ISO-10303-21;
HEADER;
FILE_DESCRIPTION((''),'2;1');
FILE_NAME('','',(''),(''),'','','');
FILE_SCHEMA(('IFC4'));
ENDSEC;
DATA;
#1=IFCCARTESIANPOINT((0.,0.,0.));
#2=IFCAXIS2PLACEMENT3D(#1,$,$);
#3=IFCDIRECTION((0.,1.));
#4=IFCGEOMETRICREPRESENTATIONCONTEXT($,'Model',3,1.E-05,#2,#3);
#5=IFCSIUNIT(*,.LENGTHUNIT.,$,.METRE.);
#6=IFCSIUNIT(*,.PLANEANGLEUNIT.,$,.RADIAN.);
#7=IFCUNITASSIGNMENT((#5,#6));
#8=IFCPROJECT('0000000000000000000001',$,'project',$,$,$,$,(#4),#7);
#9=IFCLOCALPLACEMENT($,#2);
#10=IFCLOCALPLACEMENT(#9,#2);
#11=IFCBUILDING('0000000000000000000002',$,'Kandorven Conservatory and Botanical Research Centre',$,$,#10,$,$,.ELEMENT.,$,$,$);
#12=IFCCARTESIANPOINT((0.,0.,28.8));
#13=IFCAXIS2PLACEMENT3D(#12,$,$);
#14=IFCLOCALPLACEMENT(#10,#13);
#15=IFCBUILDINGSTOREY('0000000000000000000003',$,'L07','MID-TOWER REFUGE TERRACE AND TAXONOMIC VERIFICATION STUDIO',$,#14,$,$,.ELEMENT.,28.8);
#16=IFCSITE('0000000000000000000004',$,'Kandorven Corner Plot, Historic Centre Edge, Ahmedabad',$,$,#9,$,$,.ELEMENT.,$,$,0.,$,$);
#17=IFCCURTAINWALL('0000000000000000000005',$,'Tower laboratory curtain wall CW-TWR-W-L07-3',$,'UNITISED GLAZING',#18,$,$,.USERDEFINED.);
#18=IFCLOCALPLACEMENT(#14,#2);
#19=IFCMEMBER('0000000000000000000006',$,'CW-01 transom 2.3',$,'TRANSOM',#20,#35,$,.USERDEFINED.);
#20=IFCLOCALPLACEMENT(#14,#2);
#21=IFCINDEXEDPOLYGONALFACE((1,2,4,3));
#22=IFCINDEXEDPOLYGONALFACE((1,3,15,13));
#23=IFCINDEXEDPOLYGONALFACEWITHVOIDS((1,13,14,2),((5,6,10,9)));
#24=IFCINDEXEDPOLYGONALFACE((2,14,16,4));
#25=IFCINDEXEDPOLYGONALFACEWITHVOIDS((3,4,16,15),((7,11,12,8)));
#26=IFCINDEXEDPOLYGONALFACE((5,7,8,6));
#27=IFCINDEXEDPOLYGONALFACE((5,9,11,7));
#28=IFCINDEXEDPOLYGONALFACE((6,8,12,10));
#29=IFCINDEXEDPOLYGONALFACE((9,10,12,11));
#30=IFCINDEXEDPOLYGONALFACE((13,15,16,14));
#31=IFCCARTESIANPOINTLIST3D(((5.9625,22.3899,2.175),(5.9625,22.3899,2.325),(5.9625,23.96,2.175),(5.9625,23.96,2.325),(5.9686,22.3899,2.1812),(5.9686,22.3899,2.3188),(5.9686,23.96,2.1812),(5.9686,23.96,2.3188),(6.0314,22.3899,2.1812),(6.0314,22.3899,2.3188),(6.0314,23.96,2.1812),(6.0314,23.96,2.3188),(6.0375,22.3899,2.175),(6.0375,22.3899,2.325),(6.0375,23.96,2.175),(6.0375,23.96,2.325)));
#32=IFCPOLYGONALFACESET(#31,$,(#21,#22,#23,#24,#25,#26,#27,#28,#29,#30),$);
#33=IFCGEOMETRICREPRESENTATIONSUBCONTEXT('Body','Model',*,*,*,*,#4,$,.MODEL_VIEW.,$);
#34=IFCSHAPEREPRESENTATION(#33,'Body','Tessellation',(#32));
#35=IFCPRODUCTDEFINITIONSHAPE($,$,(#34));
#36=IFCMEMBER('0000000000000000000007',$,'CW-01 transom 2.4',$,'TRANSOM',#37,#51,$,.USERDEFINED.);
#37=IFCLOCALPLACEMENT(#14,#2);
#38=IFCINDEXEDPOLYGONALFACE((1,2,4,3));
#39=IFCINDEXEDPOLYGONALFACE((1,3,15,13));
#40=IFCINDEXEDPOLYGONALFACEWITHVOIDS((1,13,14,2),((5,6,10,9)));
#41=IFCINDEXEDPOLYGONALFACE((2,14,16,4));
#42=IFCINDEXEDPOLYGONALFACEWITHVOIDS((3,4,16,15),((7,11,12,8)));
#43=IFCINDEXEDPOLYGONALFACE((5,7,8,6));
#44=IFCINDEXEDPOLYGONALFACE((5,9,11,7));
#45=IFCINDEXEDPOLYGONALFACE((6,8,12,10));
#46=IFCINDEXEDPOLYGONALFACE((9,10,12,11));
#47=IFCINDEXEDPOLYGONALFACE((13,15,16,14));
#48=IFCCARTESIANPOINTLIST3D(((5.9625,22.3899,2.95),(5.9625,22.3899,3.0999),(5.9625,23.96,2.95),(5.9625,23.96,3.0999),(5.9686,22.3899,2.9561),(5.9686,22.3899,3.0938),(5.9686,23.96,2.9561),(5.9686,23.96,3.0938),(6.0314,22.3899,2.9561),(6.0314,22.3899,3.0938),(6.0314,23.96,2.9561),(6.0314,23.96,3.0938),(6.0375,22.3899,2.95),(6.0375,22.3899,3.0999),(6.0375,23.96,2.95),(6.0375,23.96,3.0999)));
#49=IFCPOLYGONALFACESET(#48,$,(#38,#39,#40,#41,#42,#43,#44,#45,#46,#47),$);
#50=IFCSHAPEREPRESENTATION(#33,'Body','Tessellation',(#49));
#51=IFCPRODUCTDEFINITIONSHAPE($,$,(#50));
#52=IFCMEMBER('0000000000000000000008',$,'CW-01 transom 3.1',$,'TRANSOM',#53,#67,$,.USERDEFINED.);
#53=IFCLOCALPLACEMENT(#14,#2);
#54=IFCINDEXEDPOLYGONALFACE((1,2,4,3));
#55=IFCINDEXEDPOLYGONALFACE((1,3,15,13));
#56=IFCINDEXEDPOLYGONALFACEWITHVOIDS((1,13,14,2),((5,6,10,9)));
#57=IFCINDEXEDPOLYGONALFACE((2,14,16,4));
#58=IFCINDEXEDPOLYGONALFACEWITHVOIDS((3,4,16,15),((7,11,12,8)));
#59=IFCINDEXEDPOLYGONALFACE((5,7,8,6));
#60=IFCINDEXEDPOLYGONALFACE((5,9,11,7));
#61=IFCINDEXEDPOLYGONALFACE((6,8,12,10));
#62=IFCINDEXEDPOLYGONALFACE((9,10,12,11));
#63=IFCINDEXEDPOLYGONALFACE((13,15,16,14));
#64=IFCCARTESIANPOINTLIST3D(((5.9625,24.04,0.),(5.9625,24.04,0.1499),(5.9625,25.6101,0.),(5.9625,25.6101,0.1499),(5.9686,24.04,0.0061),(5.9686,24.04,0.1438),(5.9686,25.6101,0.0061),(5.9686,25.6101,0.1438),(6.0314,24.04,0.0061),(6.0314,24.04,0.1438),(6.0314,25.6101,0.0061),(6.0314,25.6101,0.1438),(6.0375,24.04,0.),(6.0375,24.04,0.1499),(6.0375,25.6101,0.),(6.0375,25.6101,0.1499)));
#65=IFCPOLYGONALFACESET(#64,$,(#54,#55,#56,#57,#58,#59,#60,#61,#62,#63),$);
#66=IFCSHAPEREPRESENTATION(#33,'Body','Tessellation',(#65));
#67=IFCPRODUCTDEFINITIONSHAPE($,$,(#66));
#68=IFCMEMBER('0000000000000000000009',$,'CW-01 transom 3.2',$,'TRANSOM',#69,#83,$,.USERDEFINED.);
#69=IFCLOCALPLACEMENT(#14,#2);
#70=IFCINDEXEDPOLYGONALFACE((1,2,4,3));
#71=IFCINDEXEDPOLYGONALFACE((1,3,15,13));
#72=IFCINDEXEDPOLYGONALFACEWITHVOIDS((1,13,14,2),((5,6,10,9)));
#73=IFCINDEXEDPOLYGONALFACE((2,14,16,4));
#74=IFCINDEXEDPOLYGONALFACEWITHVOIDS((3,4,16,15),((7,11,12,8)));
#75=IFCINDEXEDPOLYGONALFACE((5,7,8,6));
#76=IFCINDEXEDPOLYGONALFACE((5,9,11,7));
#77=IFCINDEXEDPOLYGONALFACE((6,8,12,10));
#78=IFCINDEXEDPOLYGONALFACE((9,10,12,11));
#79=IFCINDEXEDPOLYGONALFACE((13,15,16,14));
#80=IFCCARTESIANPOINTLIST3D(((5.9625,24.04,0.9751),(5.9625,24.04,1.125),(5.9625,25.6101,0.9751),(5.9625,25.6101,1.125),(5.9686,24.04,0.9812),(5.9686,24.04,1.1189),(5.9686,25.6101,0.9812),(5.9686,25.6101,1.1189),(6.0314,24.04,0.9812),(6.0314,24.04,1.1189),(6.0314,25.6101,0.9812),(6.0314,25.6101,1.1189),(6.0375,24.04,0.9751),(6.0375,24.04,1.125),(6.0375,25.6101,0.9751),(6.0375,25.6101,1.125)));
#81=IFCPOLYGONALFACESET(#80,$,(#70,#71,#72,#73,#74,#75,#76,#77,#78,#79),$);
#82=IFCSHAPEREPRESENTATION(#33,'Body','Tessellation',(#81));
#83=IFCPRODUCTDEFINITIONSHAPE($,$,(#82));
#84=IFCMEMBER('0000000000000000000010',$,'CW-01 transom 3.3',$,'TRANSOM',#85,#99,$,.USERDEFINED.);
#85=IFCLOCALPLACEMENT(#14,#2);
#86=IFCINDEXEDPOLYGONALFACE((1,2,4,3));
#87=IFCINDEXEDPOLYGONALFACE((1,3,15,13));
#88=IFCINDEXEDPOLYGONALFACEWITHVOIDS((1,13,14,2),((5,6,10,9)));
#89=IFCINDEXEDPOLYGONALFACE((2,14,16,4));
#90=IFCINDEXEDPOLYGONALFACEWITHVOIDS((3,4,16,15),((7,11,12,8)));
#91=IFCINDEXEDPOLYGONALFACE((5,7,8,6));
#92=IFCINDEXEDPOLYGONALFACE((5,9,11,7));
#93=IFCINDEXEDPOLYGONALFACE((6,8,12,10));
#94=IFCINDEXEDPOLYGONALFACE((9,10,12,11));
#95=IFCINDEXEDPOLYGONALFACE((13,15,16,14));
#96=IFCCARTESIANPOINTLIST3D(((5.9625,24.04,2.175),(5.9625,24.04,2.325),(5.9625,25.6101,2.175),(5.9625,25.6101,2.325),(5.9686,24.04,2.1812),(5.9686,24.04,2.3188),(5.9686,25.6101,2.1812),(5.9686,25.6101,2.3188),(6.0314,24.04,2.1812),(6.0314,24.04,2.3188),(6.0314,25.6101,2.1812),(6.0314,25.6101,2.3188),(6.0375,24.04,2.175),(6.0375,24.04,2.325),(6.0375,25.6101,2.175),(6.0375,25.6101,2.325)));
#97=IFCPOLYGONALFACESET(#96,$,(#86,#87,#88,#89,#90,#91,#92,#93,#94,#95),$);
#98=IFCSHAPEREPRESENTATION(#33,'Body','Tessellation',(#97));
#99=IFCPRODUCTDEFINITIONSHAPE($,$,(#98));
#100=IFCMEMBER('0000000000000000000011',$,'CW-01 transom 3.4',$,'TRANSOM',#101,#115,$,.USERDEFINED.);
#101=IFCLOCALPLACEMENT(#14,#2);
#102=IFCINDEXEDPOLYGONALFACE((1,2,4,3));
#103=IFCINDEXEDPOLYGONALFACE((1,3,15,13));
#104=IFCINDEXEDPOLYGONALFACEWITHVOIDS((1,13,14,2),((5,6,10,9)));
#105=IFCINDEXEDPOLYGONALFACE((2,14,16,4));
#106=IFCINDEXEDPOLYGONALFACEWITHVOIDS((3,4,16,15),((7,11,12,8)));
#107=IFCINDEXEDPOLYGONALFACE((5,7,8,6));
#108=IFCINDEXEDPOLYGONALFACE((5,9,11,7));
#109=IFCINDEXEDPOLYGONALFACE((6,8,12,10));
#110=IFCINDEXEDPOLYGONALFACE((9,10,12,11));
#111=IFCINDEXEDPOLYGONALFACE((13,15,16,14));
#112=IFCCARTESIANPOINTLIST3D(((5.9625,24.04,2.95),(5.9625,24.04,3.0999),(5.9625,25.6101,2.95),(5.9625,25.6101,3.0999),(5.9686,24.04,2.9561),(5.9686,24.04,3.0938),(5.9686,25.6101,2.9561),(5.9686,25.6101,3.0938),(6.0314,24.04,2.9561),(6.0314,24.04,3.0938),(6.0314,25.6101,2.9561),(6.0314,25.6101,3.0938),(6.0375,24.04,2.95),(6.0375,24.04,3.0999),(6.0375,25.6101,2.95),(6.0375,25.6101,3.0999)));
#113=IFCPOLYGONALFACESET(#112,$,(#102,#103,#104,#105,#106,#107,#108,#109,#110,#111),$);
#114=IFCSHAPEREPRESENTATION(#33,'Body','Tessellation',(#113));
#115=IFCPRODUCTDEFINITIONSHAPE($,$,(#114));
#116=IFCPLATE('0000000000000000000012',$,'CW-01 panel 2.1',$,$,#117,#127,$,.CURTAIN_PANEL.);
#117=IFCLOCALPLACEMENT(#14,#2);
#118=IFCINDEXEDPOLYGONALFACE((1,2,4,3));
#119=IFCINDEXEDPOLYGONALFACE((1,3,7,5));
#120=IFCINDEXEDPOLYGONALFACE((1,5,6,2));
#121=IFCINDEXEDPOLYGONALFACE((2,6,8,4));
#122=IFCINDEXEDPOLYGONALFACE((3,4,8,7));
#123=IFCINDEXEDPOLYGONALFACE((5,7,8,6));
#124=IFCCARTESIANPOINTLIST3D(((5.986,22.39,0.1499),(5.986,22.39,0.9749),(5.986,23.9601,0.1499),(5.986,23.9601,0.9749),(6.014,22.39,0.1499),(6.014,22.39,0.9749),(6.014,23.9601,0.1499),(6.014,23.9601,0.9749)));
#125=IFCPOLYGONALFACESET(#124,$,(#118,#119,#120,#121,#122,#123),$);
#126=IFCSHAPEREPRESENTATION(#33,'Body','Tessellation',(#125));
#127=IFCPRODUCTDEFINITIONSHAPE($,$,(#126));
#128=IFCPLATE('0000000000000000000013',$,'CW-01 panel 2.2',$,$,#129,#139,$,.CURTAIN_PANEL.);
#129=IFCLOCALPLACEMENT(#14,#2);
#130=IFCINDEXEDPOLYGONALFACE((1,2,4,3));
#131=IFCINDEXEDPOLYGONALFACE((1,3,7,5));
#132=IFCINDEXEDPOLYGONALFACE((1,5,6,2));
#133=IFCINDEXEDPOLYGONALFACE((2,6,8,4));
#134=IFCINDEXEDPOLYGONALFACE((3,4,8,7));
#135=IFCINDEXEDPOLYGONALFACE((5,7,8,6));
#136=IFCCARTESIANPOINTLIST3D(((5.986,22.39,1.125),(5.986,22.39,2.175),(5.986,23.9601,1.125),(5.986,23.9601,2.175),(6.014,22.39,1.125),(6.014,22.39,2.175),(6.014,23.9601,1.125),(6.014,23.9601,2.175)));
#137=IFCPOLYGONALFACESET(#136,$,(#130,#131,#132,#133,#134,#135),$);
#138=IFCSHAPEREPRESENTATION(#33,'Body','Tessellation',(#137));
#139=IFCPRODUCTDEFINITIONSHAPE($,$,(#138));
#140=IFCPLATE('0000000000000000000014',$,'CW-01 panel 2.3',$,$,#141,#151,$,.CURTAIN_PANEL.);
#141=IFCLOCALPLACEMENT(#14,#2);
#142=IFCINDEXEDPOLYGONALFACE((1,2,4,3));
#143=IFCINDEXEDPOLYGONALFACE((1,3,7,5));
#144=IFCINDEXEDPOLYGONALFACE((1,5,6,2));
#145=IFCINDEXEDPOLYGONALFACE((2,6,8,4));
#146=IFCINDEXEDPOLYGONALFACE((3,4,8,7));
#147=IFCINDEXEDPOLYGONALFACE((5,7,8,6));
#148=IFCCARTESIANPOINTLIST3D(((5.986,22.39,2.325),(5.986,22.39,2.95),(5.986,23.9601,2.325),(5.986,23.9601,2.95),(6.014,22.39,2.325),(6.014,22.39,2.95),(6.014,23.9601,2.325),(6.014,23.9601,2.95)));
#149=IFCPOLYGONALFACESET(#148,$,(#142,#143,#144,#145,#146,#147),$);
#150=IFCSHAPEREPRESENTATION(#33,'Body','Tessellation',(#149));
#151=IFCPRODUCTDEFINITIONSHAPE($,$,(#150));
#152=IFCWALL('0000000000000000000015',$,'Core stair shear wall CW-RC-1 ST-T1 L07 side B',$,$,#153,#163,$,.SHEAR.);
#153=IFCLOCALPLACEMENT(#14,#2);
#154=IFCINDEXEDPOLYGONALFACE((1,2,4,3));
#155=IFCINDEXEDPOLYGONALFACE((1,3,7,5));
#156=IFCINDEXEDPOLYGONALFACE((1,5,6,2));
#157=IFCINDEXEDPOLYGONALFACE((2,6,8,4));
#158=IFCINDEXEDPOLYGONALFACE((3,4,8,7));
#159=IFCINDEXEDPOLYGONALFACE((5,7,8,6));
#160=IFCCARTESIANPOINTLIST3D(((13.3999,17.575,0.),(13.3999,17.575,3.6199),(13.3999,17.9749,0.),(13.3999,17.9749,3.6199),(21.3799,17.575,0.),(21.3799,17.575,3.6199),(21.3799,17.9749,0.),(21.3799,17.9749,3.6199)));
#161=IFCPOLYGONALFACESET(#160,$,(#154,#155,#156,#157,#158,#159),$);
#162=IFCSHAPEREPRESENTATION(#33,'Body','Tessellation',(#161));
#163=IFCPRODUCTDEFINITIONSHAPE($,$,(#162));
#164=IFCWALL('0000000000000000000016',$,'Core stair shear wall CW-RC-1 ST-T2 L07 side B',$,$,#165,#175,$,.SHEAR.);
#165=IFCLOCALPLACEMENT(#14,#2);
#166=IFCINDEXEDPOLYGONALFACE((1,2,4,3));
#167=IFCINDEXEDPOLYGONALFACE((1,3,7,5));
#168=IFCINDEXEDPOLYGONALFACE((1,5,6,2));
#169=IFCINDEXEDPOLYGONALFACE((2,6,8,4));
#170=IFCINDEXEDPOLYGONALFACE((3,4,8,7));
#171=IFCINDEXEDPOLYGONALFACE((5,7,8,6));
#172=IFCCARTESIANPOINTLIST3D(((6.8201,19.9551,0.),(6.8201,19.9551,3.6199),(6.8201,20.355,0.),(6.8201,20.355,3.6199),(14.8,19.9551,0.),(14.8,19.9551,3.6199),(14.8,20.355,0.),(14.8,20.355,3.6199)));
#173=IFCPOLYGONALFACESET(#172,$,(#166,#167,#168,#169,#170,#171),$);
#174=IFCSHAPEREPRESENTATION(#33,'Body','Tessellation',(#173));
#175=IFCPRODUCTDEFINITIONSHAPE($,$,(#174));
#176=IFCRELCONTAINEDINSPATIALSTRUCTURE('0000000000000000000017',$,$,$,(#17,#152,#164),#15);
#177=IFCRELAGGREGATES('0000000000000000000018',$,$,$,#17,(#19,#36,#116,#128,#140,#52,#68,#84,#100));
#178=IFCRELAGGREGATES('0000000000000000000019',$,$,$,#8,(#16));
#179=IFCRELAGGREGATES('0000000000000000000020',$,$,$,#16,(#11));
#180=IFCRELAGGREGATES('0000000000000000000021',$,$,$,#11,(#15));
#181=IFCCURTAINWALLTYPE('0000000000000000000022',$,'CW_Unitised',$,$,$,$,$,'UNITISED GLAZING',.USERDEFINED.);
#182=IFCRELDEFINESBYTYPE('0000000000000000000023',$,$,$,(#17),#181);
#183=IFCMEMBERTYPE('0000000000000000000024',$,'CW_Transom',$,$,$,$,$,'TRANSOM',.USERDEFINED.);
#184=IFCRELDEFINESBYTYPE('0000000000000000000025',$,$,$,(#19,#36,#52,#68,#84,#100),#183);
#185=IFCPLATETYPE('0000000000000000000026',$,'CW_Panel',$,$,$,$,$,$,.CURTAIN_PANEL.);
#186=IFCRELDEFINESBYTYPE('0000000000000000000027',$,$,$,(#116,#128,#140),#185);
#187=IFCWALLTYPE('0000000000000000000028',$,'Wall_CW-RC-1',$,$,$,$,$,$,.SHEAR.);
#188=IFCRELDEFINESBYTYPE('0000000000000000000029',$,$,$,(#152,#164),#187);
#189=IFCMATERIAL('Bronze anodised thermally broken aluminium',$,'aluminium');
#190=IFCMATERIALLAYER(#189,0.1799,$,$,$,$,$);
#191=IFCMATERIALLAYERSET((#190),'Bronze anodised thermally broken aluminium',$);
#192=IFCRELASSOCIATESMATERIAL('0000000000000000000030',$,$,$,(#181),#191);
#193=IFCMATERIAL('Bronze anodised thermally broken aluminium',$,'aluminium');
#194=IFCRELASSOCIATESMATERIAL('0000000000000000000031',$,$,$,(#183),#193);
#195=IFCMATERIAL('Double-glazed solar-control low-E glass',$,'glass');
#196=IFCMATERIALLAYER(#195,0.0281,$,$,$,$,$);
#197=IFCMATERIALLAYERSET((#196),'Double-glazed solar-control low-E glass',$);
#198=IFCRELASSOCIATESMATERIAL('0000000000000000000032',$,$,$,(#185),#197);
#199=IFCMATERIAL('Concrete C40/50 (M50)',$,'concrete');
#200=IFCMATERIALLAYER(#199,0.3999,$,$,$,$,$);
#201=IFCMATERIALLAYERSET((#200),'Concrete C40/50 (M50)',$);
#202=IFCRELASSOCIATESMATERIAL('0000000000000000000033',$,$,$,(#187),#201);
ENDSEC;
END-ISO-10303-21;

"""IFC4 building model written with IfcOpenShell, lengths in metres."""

from ifc_helpers import new_model, si_unit, direction, frame, frame_2d, origin, origin_2d, place, context, subcontext, project, spatial, rectangle, hollow_rectangle, extrude, material, layer, layer_set, material_profile, profile_set, type_object, element, aggregate, save


model = new_model("IFC4")

# Units and contexts
model_context = context("Model", 3, precision=1e-05, world=origin(), true_north=direction((0.0, 1.0)))
body_context = subcontext(model_context, "Body", "Model", "MODEL_VIEW")
ifc_project = project(units=[si_unit("LENGTHUNIT", "METRE"), si_unit("PLANEANGLEUNIT", "RADIAN")], contexts=[model_context])

# Site, building, storey
site_placement = place(None, origin())
site = spatial("IfcSite", under=ifc_project, at=site_placement, Name="Kandorven Corner Plot, Historic Centre Edge, Ahmedabad", CompositionType="ELEMENT", RefElevation=0.0)
building_placement = place(site_placement, origin())
building = spatial("IfcBuilding", under=site, at=building_placement, Name="Kandorven Conservatory and Botanical Research Centre", CompositionType="ELEMENT")
storey_placement = place(building_placement, frame((0.0, 0.0, 28.8)))
storey = spatial("IfcBuildingStorey", under=building, at=storey_placement, Name="L07", Description="MID-TOWER REFUGE TERRACE AND TAXONOMIC VERIFICATION STUDIO", CompositionType="ELEMENT", Elevation=28.8)

# Curtain wall, members, plates
ifc_material_1 = material(Name="Bronze anodised thermally broken aluminium", Category="aluminium")
ifc_layer_1 = layer(ifc_material_1, 0.1799)
ifc_layer_set_1 = layer_set([ifc_layer_1], Name="Bronze anodised thermally broken aluminium")
curtain_wall_type = type_object("IfcCurtainWallType", Name="CW_Unitised", ElementType="UNITISED GLAZING", PredefinedType="USERDEFINED", material=ifc_layer_set_1)
curtain_wall_placement = place(storey_placement, origin())
curtain_wall = element("IfcCurtainWall", 1, at=curtain_wall_placement, inside=storey, type_object=curtain_wall_type, Name="Tower laboratory curtain wall CW-TWR-W-L07-3", ObjectType="UNITISED GLAZING", PredefinedType="USERDEFINED")
ifc_material_2 = material(Name="Bronze anodised thermally broken aluminium", Category="aluminium")
ifc_material_profile_1 = material_profile(ifc_material_2, hollow_rectangle(XDim=0.075, YDim=0.1499, WallThickness=0.0061, at=origin_2d()))
ifc_profile_set_1 = profile_set([ifc_material_profile_1], Name="Bronze anodised thermally broken aluminium")
member_type_1 = type_object("IfcMemberType", Name="CW_Transom", ElementType="TRANSOM", PredefinedType="USERDEFINED", material=ifc_profile_set_1)
member_1_placement = place(storey_placement, frame((6.0, 22.3899, 2.25), z_axis=(0.0, 1.0, 0.0), x_axis=(-1.0, 0.0, 0.0)))
member_1 = element("IfcMember", 2, at=member_1_placement, type_object=member_type_1, Name="CW-01 transom 2.3", ObjectType="TRANSOM", PredefinedType="USERDEFINED", context=body_context, shape_type="SweptSolid", body=[
    extrude(hollow_rectangle(XDim=0.075, YDim=0.1499, WallThickness=0.0061, at=origin_2d()), origin(), (0.0, 0.0, 1.0), 1.5701),
])
member_2_placement = place(storey_placement, frame((6.0, 22.3899, 3.0249), z_axis=(0.0, 1.0, 0.0), x_axis=(-1.0, 0.0, 0.0)))
member_2 = element("IfcMember", 3, at=member_2_placement, type_object=member_type_1, Name="CW-01 transom 2.4", ObjectType="TRANSOM", PredefinedType="USERDEFINED", context=body_context, shape_type="SweptSolid", body=[
    extrude(hollow_rectangle(XDim=0.075, YDim=0.1499, WallThickness=0.0061, at=origin_2d()), origin(), (0.0, 0.0, 1.0), 1.5701),
])
member_3_placement = place(storey_placement, frame((6.0, 24.04, 0.075), z_axis=(0.0, 1.0, 0.0), x_axis=(-1.0, 0.0, 0.0)))
member_3 = element("IfcMember", 4, at=member_3_placement, type_object=member_type_1, Name="CW-01 transom 3.1", ObjectType="TRANSOM", PredefinedType="USERDEFINED", context=body_context, shape_type="SweptSolid", body=[
    extrude(hollow_rectangle(XDim=0.075, YDim=0.1499, WallThickness=0.0061, at=origin_2d()), origin(), (0.0, 0.0, 1.0), 1.5701),
])
member_4_placement = place(storey_placement, frame((6.0, 24.04, 1.05), z_axis=(0.0, 1.0, 0.0), x_axis=(-1.0, 0.0, 0.0)))
member_4 = element("IfcMember", 5, at=member_4_placement, type_object=member_type_1, Name="CW-01 transom 3.2", ObjectType="TRANSOM", PredefinedType="USERDEFINED", context=body_context, shape_type="SweptSolid", body=[
    extrude(hollow_rectangle(XDim=0.075, YDim=0.1499, WallThickness=0.0061, at=origin_2d()), origin(), (0.0, 0.0, 1.0), 1.5701),
])
member_5_placement = place(storey_placement, frame((6.0, 24.04, 2.25), z_axis=(0.0, 1.0, 0.0), x_axis=(-1.0, 0.0, 0.0)))
member_5 = element("IfcMember", 6, at=member_5_placement, type_object=member_type_1, Name="CW-01 transom 3.3", ObjectType="TRANSOM", PredefinedType="USERDEFINED", context=body_context, shape_type="SweptSolid", body=[
    extrude(hollow_rectangle(XDim=0.075, YDim=0.1499, WallThickness=0.0061, at=origin_2d()), origin(), (0.0, 0.0, 1.0), 1.5701),
])
member_6_placement = place(storey_placement, frame((6.0, 24.04, 3.0249), z_axis=(0.0, 1.0, 0.0), x_axis=(-1.0, 0.0, 0.0)))
member_6 = element("IfcMember", 7, at=member_6_placement, type_object=member_type_1, Name="CW-01 transom 3.4", ObjectType="TRANSOM", PredefinedType="USERDEFINED", context=body_context, shape_type="SweptSolid", body=[
    extrude(hollow_rectangle(XDim=0.075, YDim=0.1499, WallThickness=0.0061, at=origin_2d()), origin(), (0.0, 0.0, 1.0), 1.5701),
])
ifc_material_3 = material(Name="Double-glazed solar-control low-E glass", Category="glass")
ifc_layer_2 = layer(ifc_material_3, 0.0281)
ifc_layer_set_2 = layer_set([ifc_layer_2], Name="Double-glazed solar-control low-E glass")
plate_type = type_object("IfcPlateType", Name="CW_Panel", PredefinedType="CURTAIN_PANEL", material=ifc_layer_set_2)
plate_1_placement = place(storey_placement, frame((6.0, 23.175, 0.1499), z_axis=(0.0, 0.0, 1.0), x_axis=(0.0, 1.0, 0.0)))
plate_1 = element("IfcPlate", 8, at=plate_1_placement, type_object=plate_type, Name="CW-01 panel 2.1", PredefinedType="CURTAIN_PANEL", context=body_context, shape_type="SweptSolid", body=[
    extrude(rectangle(XDim=1.5701, YDim=0.0281, at=origin_2d()), origin(), (0.0, 0.0, 1.0), 0.825),
])
plate_2_placement = place(storey_placement, frame((6.0, 23.175, 1.125), z_axis=(0.0, 0.0, 1.0), x_axis=(0.0, 1.0, 0.0)))
plate_2 = element("IfcPlate", 9, at=plate_2_placement, type_object=plate_type, Name="CW-01 panel 2.2", PredefinedType="CURTAIN_PANEL", context=body_context, shape_type="SweptSolid", body=[
    extrude(rectangle(XDim=1.5701, YDim=0.0281, at=origin_2d()), origin(), (0.0, 0.0, 1.0), 1.05),
])
plate_3_placement = place(storey_placement, frame((6.0, 23.175, 2.325), z_axis=(0.0, 0.0, 1.0), x_axis=(0.0, 1.0, 0.0)))
plate_3 = element("IfcPlate", 10, at=plate_3_placement, type_object=plate_type, Name="CW-01 panel 2.3", PredefinedType="CURTAIN_PANEL", context=body_context, shape_type="SweptSolid", body=[
    extrude(rectangle(XDim=1.5701, YDim=0.0281, at=origin_2d()), origin(), (0.0, 0.0, 1.0), 0.625),
])
aggregate(curtain_wall, [member_1, member_2, plate_1, plate_2, plate_3, member_3, member_4, member_5, member_6])

# Walls
ifc_material_4 = material(Name="Concrete C40/50 (M50)", Category="concrete")
ifc_layer_3 = layer(ifc_material_4, 0.3999)
ifc_layer_set_3 = layer_set([ifc_layer_3], Name="Concrete C40/50 (M50)")
wall_type_1 = type_object("IfcWallType", Name="Wall_CW-RC-1", PredefinedType="SHEAR", material=ifc_layer_set_3)
for number, where, z_axis, x_axis, name in (
    (11, (13.3999, 17.7749, 0.0), (0.0, 0.0, 1.0), (1.0, 0.0, 0.0), "Core stair shear wall CW-RC-1 ST-T1 L07 side B"),
    (12, (14.8, 20.155, 0.0), (0.0, 0.0, 1.0), (-1.0, 0.0, 0.0), "Core stair shear wall CW-RC-1 ST-T2 L07 side B"),
):
    element("IfcWall", number, at=place(storey_placement, frame(where, z_axis=z_axis, x_axis=x_axis)), inside=storey, type_object=wall_type_1, Name=name, PredefinedType="SHEAR", context=body_context, shape_type="SweptSolid", body=[
        extrude(rectangle(XDim=7.98, YDim=0.3999, at=frame_2d((3.99, 0.0))), origin(), (0.0, 0.0, 1.0), 3.6199),
    ])

save(model, "model.ifc")
